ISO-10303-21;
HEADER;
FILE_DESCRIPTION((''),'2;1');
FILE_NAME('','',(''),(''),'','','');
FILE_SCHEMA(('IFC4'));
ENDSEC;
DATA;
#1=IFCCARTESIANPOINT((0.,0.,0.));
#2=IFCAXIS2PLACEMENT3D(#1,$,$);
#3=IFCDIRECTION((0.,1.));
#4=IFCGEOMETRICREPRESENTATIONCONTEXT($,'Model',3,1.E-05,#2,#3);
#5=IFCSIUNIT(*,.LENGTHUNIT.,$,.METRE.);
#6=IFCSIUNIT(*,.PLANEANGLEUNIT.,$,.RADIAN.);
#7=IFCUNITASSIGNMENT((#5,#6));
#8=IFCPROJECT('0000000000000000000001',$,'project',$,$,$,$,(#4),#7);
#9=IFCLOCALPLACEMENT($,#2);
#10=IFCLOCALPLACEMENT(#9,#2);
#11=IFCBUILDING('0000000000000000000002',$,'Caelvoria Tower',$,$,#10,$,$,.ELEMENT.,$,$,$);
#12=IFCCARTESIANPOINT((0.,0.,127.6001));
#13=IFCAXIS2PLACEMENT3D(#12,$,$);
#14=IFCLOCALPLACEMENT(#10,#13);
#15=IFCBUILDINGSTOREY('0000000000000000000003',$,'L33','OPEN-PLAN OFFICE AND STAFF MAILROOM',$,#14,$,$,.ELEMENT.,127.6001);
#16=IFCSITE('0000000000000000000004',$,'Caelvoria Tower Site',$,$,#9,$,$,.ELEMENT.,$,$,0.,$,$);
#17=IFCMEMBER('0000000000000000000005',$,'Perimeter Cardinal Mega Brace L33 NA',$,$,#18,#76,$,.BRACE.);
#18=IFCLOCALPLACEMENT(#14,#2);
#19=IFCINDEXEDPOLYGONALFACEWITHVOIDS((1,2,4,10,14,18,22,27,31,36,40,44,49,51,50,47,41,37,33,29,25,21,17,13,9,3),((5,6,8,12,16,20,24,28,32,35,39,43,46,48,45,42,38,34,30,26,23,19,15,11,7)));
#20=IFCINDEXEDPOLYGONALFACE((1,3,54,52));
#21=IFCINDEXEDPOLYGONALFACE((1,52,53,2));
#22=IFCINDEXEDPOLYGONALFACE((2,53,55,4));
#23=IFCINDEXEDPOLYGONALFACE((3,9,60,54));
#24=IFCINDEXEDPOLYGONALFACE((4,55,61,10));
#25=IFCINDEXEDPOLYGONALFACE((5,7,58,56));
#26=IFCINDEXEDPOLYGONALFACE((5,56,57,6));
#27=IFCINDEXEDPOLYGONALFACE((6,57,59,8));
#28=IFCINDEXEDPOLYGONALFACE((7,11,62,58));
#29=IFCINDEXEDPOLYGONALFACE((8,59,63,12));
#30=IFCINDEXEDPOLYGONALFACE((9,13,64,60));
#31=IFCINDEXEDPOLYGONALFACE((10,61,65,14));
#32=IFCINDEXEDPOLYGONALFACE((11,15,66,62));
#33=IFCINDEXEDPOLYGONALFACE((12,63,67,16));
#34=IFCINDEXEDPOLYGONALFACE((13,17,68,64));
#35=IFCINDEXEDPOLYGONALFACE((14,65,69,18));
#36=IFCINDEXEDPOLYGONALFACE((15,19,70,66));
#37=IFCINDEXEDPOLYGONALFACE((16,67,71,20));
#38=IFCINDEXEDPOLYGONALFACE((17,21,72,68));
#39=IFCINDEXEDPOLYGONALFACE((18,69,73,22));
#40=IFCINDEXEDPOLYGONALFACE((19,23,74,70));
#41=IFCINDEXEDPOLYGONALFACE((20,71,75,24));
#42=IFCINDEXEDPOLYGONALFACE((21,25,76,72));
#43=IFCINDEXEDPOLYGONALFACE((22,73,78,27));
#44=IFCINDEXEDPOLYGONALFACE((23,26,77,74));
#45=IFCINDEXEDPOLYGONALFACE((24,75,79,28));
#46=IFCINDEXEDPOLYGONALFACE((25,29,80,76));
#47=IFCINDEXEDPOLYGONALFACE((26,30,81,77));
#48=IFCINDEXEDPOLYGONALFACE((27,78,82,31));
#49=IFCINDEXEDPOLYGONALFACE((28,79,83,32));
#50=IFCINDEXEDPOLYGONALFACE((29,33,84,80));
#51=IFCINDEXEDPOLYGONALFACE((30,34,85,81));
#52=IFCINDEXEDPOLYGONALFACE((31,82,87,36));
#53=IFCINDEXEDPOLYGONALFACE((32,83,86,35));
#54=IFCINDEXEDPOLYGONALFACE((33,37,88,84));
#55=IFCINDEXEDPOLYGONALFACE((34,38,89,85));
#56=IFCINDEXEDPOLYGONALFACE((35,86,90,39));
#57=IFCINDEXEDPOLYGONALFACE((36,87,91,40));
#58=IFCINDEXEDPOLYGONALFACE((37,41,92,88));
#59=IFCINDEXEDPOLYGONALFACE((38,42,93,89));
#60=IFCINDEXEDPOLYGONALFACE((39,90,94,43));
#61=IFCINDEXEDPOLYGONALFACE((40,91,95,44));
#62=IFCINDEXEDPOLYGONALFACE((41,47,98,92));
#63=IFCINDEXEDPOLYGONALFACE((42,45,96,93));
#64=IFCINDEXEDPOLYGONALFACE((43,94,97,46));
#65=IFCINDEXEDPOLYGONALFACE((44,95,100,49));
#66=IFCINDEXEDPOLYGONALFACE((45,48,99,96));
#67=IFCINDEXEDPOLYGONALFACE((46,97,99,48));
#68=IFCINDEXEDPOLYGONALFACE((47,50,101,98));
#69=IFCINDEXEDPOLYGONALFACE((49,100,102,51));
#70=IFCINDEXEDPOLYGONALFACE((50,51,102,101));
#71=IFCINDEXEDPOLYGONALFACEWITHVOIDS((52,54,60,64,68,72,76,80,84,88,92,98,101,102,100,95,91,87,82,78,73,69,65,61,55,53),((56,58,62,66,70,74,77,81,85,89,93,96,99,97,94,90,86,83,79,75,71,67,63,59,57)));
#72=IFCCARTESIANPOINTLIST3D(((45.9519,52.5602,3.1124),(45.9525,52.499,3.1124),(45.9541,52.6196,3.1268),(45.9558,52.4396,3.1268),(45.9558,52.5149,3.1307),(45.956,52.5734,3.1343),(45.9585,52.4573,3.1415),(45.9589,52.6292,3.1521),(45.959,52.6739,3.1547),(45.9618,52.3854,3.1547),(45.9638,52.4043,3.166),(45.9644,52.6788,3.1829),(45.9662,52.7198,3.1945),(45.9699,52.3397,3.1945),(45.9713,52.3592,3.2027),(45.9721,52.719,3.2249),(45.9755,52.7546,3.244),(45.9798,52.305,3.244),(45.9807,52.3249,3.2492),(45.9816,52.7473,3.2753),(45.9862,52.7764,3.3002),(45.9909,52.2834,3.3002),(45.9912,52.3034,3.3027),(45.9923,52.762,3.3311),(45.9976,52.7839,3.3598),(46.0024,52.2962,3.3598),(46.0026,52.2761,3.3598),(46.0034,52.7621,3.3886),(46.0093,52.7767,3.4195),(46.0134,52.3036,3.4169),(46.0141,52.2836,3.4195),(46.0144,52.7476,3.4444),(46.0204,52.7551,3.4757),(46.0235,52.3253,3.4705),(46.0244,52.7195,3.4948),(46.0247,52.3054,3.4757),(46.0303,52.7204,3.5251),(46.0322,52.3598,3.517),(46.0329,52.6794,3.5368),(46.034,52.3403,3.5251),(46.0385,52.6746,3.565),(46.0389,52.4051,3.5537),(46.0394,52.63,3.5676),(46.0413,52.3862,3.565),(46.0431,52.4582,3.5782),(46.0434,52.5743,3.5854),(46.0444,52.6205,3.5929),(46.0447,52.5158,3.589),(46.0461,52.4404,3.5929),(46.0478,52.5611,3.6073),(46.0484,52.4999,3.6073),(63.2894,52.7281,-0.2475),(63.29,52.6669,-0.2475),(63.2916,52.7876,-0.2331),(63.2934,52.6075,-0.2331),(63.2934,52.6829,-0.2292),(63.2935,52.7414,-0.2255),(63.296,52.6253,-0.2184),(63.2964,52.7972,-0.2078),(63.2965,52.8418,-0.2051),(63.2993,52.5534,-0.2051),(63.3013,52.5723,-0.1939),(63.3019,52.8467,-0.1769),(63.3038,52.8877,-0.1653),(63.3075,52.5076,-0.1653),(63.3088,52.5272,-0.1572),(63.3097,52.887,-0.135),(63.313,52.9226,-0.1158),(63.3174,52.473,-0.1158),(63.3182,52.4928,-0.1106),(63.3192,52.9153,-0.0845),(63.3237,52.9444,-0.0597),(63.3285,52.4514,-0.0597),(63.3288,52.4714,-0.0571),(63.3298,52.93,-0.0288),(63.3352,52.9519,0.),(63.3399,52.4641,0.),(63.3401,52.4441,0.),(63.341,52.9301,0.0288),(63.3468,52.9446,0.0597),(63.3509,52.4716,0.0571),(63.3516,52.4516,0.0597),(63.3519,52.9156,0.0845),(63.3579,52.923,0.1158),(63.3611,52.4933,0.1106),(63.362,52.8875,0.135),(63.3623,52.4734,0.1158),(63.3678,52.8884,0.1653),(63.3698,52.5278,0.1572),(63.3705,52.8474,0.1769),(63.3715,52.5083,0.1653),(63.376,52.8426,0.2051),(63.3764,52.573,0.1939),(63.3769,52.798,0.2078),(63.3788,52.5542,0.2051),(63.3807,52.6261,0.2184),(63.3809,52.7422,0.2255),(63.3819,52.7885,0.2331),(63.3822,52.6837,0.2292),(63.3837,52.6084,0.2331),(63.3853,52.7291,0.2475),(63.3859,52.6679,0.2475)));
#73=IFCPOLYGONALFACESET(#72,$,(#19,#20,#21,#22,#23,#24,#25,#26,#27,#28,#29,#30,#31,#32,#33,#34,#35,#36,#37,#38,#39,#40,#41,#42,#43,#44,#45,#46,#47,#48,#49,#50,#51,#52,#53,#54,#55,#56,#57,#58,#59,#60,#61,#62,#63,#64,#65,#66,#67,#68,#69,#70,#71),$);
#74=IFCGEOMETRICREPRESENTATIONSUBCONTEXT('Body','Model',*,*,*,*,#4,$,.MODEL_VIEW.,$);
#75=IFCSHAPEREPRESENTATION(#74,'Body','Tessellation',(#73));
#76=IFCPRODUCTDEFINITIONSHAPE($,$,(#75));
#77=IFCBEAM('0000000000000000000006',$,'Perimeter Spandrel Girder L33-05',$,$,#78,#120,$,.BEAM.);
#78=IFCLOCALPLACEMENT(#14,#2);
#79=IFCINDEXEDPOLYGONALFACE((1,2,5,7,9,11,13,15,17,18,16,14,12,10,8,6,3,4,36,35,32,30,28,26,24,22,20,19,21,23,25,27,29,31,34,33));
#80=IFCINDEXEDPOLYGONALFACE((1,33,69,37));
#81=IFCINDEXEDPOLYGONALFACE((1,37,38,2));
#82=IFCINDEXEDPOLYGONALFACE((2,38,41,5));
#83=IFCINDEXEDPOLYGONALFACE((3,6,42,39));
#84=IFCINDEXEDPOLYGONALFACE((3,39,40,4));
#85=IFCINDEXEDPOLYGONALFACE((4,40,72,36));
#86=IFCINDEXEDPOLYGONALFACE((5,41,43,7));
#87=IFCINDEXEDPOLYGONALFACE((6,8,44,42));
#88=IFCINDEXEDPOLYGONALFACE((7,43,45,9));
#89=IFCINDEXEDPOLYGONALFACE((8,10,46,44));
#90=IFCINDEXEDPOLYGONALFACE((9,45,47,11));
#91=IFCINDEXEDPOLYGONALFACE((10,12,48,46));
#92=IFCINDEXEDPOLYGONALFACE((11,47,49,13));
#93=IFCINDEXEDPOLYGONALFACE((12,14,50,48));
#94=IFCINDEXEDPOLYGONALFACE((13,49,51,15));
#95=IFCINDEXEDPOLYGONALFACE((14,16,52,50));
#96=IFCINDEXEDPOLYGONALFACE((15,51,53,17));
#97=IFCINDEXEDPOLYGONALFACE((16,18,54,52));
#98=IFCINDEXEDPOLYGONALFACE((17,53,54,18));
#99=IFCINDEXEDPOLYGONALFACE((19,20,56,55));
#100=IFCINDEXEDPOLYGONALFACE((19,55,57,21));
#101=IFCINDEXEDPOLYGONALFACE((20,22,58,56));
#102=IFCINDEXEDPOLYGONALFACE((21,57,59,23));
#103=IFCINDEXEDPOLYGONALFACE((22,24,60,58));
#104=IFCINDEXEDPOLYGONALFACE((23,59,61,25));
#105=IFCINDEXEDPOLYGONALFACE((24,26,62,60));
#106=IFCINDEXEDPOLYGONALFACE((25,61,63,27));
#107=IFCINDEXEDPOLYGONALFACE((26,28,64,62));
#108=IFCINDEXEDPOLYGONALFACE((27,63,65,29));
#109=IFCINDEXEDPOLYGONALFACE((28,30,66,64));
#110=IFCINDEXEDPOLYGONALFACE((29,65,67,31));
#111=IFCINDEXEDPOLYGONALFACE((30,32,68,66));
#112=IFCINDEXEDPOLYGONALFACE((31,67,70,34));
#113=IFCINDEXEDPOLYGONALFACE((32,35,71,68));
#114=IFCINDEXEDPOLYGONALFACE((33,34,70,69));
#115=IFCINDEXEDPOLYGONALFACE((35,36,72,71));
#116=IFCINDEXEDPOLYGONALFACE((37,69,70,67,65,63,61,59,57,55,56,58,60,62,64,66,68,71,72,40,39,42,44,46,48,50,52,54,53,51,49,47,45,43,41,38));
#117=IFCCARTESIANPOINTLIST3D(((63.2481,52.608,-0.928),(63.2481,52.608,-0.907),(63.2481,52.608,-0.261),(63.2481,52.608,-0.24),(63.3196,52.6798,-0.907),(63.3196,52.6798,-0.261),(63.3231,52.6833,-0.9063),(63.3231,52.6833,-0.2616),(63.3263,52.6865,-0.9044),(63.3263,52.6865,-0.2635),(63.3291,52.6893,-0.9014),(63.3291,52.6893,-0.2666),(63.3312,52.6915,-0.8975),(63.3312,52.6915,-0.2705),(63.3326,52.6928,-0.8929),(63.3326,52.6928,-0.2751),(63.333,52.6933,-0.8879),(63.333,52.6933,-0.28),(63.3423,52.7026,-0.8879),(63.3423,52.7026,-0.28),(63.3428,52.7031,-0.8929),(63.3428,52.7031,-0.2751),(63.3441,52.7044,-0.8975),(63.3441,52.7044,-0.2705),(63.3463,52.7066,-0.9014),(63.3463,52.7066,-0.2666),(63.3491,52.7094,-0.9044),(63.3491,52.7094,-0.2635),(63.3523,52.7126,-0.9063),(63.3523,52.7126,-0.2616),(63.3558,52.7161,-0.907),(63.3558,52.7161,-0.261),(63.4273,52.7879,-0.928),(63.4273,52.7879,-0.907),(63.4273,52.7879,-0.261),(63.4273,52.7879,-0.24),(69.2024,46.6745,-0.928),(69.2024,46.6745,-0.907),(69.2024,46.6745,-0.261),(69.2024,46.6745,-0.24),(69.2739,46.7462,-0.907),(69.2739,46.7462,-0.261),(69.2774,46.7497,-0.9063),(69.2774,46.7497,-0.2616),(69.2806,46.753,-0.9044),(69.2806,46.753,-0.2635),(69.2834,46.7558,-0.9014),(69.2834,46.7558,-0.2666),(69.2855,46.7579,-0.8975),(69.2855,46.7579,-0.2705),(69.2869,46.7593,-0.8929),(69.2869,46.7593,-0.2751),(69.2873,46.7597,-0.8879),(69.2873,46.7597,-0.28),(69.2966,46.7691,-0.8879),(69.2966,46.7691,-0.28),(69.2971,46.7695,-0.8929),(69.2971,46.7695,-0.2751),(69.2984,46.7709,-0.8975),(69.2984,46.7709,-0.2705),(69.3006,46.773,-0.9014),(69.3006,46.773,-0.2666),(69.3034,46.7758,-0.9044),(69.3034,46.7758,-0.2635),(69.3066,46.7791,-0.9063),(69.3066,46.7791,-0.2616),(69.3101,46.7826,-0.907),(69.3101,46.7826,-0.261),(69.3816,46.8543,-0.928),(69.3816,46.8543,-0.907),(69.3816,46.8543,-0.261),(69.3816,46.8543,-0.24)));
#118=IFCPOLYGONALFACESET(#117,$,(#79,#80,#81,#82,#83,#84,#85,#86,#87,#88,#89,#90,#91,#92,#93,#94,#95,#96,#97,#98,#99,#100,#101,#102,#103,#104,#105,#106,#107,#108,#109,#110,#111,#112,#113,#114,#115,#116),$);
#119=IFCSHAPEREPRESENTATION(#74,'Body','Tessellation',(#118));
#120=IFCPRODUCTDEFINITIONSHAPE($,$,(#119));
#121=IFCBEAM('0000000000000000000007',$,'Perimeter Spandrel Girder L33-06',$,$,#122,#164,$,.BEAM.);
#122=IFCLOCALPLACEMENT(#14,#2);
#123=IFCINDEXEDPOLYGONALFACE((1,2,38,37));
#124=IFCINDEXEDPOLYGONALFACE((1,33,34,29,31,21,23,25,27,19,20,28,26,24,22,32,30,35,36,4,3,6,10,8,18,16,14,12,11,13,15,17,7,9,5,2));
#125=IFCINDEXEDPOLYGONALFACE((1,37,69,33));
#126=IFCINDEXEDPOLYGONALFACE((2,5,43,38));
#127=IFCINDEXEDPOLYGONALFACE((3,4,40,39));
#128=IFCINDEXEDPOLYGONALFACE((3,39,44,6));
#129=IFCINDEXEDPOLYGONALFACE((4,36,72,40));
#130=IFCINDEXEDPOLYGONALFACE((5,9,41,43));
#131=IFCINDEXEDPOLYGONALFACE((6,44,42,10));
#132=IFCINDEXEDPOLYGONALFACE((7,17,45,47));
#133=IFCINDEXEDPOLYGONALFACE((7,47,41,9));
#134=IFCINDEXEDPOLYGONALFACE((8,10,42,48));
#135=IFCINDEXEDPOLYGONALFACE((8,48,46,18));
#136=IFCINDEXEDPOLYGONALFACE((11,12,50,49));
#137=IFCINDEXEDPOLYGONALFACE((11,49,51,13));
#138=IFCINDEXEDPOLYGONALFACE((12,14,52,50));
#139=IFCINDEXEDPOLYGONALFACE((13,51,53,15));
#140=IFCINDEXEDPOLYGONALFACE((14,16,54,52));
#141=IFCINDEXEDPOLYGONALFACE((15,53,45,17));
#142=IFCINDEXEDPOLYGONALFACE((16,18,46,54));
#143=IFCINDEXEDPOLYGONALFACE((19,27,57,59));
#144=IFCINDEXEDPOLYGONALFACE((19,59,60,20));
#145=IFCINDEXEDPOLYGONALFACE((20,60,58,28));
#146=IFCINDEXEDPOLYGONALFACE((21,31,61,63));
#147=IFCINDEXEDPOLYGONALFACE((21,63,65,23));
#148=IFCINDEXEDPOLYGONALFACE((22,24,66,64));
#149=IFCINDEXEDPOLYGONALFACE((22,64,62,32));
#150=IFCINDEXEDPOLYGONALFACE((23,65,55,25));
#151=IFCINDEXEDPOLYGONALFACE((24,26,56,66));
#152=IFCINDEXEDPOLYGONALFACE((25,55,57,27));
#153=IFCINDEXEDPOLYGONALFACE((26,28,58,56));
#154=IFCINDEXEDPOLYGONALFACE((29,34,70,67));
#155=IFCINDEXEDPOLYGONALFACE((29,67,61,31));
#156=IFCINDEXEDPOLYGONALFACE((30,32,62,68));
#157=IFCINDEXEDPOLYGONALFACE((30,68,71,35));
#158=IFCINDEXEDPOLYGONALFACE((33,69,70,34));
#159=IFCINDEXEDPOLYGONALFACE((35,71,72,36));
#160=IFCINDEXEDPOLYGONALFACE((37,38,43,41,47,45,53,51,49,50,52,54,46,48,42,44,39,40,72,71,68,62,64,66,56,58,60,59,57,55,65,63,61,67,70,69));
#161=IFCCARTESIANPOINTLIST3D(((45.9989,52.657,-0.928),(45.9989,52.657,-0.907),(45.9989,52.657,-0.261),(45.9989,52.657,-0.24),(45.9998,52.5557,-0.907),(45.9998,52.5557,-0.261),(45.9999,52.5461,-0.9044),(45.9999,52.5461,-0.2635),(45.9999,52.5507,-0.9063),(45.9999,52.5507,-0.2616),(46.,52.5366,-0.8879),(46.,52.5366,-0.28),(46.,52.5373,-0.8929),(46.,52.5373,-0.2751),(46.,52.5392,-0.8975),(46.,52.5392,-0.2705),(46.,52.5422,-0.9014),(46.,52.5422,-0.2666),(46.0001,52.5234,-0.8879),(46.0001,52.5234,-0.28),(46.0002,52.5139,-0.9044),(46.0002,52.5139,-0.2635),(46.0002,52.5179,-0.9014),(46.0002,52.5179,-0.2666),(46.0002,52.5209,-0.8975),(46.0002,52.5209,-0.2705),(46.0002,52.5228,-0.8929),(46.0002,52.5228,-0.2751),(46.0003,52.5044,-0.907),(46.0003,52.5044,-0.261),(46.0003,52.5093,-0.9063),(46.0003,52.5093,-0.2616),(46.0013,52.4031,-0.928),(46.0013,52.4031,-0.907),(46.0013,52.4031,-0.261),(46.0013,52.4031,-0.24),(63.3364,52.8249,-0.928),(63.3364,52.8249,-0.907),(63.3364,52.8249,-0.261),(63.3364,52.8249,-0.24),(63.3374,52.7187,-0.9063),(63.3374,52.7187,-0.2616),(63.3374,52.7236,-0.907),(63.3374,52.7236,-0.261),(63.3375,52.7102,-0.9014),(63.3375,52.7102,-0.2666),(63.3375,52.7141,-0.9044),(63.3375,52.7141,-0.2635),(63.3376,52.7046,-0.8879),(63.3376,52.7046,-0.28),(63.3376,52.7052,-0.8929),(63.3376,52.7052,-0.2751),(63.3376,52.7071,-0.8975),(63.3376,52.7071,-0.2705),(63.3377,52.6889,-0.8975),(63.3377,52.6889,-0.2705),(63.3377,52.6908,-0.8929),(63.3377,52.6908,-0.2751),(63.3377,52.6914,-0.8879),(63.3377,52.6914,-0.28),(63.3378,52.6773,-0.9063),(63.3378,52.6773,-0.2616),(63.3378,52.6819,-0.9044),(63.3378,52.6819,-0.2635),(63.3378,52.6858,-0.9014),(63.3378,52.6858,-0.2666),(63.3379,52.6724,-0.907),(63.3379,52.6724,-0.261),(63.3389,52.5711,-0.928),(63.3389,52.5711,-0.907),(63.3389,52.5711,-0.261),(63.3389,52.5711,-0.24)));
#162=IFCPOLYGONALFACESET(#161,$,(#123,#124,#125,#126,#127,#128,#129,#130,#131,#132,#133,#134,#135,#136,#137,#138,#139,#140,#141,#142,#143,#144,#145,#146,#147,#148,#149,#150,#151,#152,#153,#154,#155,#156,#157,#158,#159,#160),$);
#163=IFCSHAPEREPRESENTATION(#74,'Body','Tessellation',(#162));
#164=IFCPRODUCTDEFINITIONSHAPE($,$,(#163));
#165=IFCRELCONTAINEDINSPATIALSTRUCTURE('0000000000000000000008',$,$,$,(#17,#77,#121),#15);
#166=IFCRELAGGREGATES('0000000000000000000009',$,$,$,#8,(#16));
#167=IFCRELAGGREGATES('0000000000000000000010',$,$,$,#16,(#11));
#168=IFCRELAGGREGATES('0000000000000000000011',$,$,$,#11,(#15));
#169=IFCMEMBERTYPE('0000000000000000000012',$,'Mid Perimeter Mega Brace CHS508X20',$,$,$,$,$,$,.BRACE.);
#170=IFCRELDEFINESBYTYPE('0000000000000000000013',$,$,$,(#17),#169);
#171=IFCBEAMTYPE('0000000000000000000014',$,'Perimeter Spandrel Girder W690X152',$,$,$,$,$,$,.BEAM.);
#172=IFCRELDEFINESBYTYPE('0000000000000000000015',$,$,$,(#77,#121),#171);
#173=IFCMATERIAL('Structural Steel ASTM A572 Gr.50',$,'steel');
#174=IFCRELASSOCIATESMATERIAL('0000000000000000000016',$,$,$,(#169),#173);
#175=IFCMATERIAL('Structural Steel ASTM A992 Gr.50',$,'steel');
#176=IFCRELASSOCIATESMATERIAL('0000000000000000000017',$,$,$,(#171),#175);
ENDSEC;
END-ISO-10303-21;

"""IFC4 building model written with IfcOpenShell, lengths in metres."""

from ifc_helpers import new_model, si_unit, direction, frame, origin, origin_2d, place, context, subcontext, project, spatial, hollow_circle, i_section, extrude, material, material_profile, profile_set, type_object, element, save


model = new_model("IFC4")

# Units and contexts
model_context = context("Model", 3, precision=1e-05, world=origin(), true_north=direction((0.0, 1.0)))
body_context = subcontext(model_context, "Body", "Model", "MODEL_VIEW")
ifc_project = project(units=[si_unit("LENGTHUNIT", "METRE"), si_unit("PLANEANGLEUNIT", "RADIAN")], contexts=[model_context])

# Site, building, storey
site_placement = place(None, origin())
site = spatial("IfcSite", under=ifc_project, at=site_placement, Name="Caelvoria Tower Site", CompositionType="ELEMENT", RefElevation=0.0)
building_placement = place(site_placement, origin())
building = spatial("IfcBuilding", under=site, at=building_placement, Name="Caelvoria Tower", CompositionType="ELEMENT")
storey_placement = place(building_placement, frame((0.0, 0.0, 127.6001)))
storey = spatial("IfcBuildingStorey", under=building, at=storey_placement, Name="L33", Description="OPEN-PLAN OFFICE AND STAFF MAILROOM", CompositionType="ELEMENT", Elevation=127.6001)

# Shared definitions
ifc_material_1 = material(Name="Structural Steel ASTM A572 Gr.50", Category="steel")

# Member
ifc_material_profile_1 = material_profile(ifc_material_1, hollow_circle(Radius=0.2539, WallThickness=0.02, at=origin_2d()), Name="Structural Steel ASTM A572 Gr.50")
ifc_profile_set_1 = profile_set([ifc_material_profile_1], Name="CHS508X20 - Structural Steel ASTM A572 Gr.50")
member_type = type_object("IfcMemberType", Name="Mid Perimeter Mega Brace CHS508X20", PredefinedType="BRACE", material=ifc_profile_set_1)
member_1_placement = place(storey_placement, frame((63.3376, 52.698, 0.0), z_axis=(-0.981691, -0.009511, 0.190242), x_axis=(0.009688, -0.999953, 0.0)))
element("IfcMember", 1, at=member_1_placement, inside=storey, type_object=member_type, Name="Perimeter Cardinal Mega Brace L33 NA", PredefinedType="BRACE", context=body_context, shape_type="SweptSolid", body=[
    extrude(hollow_circle(Radius=0.2539, WallThickness=0.02, at=origin_2d()), origin(), (0.0, 0.0, 1.0), 17.6609),
])

# Beams
ifc_material_2 = material(Name="Structural Steel ASTM A992 Gr.50", Category="steel")
ifc_material_profile_2 = material_profile(ifc_material_2, i_section(OverallWidth=0.2539, OverallDepth=0.688, WebThickness=0.0132, FlangeThickness=0.021, FilletRadius=0.019, at=origin_2d()), Name="Structural Steel ASTM A992 Gr.50")
ifc_profile_set_2 = profile_set([ifc_material_profile_2], Name="W690X152 - Structural Steel ASTM A992 Gr.50")
beam_type_1 = type_object("IfcBeamType", Name="Perimeter Spandrel Girder W690X152", PredefinedType="BEAM", material=ifc_profile_set_2)
beam_1_placement = place(storey_placement, frame((69.292, 46.7644, -0.584), z_axis=(-0.70834, 0.705871, 0.0), x_axis=(-0.705871, -0.70834, 0.0)))
element("IfcBeam", 2, at=beam_1_placement, inside=storey, type_object=beam_type_1, Name="Perimeter Spandrel Girder L33-05", PredefinedType="BEAM", context=body_context, shape_type="SweptSolid", body=[
    extrude(i_section(OverallWidth=0.2539, OverallDepth=0.688, WebThickness=0.0132, FlangeThickness=0.021, FilletRadius=0.019, at=origin_2d()), origin(), (0.0, 0.0, 1.0), 8.406),
])
beam_2_placement = place(storey_placement, frame((63.3376, 52.698, -0.584), z_axis=(-0.999953, -0.009688, 0.0), x_axis=(0.009688, -0.999953, 0.0)))
element("IfcBeam", 3, at=beam_2_placement, inside=storey, type_object=beam_type_1, Name="Perimeter Spandrel Girder L33-06", PredefinedType="BEAM", context=body_context, shape_type="SweptSolid", body=[
    extrude(i_section(OverallWidth=0.2539, OverallDepth=0.688, WebThickness=0.0132, FlangeThickness=0.021, FilletRadius=0.019, at=origin_2d()), origin(), (0.0, 0.0, 1.0), 17.3384),
])

save(model, "model.ifc")
